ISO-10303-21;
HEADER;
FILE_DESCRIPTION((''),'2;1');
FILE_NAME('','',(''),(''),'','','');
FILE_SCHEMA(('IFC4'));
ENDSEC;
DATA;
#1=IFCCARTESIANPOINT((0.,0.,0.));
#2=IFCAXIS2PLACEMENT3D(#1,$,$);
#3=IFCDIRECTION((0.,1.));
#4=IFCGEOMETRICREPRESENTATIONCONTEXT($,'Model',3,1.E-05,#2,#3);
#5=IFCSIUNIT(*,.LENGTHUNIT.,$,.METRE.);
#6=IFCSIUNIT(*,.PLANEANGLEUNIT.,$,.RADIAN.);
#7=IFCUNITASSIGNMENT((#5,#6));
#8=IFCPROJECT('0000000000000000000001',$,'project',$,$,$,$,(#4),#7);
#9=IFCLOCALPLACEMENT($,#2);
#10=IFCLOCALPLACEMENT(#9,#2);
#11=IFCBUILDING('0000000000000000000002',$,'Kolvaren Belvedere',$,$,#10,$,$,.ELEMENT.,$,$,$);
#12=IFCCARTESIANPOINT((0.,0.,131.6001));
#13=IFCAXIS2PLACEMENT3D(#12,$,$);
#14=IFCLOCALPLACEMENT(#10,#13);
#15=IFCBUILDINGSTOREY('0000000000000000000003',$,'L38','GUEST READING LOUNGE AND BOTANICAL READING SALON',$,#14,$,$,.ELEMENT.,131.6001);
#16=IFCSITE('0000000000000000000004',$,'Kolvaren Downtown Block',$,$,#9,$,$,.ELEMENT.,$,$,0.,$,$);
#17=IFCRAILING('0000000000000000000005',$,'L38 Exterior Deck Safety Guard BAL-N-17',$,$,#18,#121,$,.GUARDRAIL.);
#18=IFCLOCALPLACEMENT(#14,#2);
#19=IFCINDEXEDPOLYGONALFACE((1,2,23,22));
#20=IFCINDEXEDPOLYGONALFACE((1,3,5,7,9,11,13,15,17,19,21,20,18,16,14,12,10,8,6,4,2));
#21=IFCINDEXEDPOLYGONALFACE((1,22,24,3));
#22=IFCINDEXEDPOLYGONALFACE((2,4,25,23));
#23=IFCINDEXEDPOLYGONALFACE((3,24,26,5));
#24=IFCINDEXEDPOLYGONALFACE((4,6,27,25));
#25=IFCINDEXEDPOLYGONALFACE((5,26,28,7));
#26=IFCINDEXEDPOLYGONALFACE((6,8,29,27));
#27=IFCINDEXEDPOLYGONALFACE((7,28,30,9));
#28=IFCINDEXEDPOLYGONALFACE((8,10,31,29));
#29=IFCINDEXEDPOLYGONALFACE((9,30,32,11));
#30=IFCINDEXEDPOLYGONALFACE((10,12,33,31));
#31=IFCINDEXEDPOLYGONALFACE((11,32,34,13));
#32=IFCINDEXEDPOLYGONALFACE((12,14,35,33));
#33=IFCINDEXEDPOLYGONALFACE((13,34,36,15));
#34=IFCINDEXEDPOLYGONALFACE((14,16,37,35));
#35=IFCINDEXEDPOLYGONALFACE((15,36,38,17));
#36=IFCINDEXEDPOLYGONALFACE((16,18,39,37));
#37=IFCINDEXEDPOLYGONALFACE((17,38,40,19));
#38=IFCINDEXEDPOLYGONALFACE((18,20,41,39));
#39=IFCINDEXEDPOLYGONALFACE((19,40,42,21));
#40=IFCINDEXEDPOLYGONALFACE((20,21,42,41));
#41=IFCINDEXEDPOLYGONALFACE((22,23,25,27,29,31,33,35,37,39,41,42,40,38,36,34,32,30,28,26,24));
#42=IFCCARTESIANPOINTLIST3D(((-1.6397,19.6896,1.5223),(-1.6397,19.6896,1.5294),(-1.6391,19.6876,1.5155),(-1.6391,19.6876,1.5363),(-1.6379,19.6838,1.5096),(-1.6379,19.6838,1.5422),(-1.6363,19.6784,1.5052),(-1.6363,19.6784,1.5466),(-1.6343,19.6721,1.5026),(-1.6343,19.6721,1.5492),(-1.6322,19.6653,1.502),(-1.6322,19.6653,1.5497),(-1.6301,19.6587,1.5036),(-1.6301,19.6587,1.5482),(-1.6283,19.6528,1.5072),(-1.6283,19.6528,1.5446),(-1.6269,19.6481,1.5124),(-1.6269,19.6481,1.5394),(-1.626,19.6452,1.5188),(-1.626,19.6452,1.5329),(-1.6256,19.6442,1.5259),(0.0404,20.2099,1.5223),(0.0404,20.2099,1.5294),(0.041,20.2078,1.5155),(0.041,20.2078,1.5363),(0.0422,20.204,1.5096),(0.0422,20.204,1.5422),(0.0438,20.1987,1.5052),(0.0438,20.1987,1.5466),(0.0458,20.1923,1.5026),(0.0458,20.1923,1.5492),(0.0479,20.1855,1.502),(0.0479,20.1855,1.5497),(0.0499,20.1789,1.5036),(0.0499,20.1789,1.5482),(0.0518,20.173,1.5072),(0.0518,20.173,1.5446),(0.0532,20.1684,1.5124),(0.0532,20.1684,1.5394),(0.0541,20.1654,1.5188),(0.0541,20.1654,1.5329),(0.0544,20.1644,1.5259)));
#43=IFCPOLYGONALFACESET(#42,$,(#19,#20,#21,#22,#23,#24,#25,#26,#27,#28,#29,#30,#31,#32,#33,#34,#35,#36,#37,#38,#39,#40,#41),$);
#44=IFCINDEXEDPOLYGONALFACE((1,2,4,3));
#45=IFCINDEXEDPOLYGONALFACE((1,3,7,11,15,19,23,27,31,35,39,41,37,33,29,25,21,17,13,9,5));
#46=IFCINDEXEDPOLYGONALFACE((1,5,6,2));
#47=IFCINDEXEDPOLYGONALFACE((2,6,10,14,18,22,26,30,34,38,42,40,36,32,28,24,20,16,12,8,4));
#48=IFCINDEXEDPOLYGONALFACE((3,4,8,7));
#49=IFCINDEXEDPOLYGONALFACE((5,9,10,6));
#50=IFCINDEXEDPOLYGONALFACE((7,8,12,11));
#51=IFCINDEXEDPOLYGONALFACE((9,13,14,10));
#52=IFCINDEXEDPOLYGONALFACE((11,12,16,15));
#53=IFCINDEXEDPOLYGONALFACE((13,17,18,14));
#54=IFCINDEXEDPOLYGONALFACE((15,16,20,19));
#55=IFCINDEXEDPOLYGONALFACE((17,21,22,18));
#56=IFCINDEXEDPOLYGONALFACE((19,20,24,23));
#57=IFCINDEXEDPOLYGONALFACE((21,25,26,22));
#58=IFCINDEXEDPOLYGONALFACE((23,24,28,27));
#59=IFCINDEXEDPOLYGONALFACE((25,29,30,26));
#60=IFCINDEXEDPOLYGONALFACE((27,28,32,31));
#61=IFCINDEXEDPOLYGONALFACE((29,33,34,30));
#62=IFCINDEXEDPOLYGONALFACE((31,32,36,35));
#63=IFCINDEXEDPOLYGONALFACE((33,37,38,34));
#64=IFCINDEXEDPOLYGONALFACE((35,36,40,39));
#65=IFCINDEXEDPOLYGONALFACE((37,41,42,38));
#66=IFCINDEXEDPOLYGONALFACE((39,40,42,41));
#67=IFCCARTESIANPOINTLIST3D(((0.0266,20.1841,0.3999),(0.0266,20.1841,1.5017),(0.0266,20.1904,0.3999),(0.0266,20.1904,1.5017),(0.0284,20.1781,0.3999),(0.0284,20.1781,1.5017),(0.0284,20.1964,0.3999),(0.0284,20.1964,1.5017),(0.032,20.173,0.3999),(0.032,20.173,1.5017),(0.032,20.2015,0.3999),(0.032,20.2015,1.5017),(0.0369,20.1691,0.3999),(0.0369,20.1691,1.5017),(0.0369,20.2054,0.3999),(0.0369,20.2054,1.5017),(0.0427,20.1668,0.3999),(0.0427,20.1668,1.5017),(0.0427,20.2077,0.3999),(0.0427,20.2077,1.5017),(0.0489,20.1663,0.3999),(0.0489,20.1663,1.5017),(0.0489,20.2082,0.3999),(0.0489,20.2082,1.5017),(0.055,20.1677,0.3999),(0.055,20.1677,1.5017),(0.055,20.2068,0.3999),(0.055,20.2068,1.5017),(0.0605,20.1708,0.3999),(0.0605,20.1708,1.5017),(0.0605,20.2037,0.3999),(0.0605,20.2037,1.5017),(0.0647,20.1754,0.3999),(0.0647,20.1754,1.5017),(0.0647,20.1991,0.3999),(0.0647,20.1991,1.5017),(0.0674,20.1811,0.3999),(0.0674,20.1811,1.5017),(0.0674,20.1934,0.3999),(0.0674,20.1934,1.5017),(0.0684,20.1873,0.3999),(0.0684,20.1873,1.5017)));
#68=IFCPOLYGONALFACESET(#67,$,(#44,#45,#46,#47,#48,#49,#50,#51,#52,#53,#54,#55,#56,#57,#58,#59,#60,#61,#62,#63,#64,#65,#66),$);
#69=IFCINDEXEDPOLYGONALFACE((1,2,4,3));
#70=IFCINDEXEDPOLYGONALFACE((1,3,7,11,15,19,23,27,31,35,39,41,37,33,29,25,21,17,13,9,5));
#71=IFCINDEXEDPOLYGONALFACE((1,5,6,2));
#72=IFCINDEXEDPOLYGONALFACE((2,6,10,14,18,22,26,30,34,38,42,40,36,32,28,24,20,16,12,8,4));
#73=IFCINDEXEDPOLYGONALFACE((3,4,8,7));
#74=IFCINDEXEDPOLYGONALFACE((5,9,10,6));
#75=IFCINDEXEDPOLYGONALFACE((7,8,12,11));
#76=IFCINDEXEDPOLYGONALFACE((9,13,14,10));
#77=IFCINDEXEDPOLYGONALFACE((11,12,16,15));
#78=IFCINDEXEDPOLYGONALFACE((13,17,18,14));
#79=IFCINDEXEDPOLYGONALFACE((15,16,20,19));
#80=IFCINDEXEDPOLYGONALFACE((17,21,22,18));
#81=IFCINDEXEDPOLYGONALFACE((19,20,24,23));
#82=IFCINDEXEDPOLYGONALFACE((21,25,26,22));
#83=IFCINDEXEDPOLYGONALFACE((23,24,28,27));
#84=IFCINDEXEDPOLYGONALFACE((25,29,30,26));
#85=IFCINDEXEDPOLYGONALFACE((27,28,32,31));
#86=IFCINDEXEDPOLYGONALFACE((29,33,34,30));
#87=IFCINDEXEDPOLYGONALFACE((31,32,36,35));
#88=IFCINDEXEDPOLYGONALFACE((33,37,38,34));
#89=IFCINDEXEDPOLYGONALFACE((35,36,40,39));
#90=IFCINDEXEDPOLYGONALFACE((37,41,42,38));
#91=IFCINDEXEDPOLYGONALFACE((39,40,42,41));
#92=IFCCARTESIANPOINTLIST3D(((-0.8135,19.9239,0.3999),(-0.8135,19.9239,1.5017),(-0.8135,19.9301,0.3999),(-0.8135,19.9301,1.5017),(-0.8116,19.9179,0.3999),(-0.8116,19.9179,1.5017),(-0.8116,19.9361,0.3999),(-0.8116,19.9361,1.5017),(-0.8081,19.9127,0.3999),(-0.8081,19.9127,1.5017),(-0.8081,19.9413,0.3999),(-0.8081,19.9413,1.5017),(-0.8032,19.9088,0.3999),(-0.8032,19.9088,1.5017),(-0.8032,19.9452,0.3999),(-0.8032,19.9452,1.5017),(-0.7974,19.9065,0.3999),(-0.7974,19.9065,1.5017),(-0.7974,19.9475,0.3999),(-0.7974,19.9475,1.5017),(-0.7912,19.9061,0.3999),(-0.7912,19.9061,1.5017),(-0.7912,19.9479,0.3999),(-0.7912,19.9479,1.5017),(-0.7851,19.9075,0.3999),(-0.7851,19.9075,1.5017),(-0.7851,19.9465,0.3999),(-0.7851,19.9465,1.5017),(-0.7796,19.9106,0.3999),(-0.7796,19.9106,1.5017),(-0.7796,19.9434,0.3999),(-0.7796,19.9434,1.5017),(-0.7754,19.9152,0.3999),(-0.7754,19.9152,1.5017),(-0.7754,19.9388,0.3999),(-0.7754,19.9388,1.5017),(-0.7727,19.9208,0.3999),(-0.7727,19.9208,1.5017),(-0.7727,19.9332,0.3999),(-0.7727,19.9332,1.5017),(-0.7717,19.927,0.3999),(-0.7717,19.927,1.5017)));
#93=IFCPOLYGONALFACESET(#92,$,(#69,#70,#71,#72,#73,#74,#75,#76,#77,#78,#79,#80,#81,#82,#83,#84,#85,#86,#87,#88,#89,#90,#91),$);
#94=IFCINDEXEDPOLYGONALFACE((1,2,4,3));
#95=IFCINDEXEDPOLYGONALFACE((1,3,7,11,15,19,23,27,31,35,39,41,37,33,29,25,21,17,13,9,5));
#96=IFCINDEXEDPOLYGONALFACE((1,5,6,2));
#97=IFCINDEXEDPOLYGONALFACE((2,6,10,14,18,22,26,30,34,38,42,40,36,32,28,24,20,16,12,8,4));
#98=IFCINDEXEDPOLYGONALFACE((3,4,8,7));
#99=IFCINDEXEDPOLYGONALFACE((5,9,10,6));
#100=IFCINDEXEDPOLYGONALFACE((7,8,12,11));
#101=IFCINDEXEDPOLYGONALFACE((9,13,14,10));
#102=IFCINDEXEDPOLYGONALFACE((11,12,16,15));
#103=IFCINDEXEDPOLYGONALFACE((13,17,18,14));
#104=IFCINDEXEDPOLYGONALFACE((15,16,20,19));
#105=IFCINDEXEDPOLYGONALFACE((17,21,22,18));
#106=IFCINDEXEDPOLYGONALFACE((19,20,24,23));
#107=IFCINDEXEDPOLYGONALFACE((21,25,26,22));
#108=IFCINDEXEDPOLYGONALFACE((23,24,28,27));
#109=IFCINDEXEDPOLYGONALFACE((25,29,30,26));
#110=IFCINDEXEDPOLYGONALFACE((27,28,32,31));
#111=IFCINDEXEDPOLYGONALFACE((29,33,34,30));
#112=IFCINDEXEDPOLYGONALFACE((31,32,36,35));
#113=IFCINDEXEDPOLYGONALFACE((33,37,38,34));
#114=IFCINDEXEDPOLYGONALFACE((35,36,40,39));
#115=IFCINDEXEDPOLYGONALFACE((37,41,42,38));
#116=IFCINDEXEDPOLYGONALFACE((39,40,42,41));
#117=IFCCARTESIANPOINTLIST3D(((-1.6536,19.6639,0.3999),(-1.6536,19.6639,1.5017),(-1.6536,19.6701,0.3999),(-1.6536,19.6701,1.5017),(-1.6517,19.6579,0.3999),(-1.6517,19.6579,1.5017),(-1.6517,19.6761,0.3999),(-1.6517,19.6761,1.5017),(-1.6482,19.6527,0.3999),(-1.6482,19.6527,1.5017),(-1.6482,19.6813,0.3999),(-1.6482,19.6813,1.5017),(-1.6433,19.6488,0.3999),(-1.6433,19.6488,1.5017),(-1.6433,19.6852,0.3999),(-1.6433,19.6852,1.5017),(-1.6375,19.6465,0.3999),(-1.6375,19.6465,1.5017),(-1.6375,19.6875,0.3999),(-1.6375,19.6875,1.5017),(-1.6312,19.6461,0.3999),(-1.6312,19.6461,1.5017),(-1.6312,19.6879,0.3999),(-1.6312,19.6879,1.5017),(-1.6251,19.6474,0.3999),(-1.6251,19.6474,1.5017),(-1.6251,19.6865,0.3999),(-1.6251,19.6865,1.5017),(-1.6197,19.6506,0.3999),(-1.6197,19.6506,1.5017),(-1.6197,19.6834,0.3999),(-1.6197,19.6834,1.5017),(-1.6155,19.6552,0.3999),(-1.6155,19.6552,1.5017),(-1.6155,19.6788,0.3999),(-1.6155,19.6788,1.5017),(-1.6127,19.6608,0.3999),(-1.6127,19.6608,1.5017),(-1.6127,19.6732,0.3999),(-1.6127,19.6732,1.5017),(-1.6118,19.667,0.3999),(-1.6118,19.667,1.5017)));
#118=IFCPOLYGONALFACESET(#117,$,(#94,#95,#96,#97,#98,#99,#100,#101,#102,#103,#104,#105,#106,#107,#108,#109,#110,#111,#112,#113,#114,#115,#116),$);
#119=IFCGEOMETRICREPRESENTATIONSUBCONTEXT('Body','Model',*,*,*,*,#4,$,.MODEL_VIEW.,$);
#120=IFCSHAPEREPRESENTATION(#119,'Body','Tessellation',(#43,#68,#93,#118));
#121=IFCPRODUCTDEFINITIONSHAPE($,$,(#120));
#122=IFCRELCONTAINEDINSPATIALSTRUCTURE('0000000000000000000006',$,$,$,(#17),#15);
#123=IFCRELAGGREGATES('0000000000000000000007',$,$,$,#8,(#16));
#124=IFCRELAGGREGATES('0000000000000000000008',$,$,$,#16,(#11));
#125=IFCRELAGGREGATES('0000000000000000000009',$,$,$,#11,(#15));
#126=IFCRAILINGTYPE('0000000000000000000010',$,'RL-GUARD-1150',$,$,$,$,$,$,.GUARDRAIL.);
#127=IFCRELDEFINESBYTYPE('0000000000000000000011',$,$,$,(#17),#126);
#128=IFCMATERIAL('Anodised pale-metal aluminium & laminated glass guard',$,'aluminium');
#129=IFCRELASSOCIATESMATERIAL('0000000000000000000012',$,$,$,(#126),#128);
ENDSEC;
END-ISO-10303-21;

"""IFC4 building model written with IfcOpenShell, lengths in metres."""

from ifc_helpers import new_model, si_unit, direction, frame, origin, origin_2d, place, context, subcontext, project, spatial, circle, extrude, material, type_object, element, save


model = new_model("IFC4")

# Units and contexts
model_context = context("Model", 3, precision=1e-05, world=origin(), true_north=direction((0.0, 1.0)))
body_context = subcontext(model_context, "Body", "Model", "MODEL_VIEW")
ifc_project = project(units=[si_unit("LENGTHUNIT", "METRE"), si_unit("PLANEANGLEUNIT", "RADIAN")], contexts=[model_context])

# Site, building, storey
site_placement = place(None, origin())
site = spatial("IfcSite", under=ifc_project, at=site_placement, Name="Kolvaren Downtown Block", CompositionType="ELEMENT", RefElevation=0.0)
building_placement = place(site_placement, origin())
building = spatial("IfcBuilding", under=site, at=building_placement, Name="Kolvaren Belvedere", CompositionType="ELEMENT")
storey_placement = place(building_placement, frame((0.0, 0.0, 131.6001)))
storey = spatial("IfcBuildingStorey", under=building, at=storey_placement, Name="L38", Description="GUEST READING LOUNGE AND BOTANICAL READING SALON", CompositionType="ELEMENT", Elevation=131.6001)

# Railing
ifc_material_1 = material(Name="Anodised pale-metal aluminium & laminated glass guard", Category="aluminium")
railing_type = type_object("IfcRailingType", Name="RL-GUARD-1150", PredefinedType="GUARDRAIL", material=ifc_material_1)
railing_1_placement = place(storey_placement, frame((0.0474, 20.1873, 0.3999)))
element("IfcRailing", 1, at=railing_1_placement, inside=storey, type_object=railing_type, Name="L38 Exterior Deck Safety Guard BAL-N-17", PredefinedType="GUARDRAIL", context=body_context, shape_type="SweptSolid", body=[
    extrude(circle(Radius=0.0239, at=origin_2d()), frame((0.0, 0.0, 1.126), z_axis=(-0.955252, -0.295792, 0.0), x_axis=(0.295792, -0.955252, 0.0)), (0.0, 0.0, 1.0), 1.7588),
    extrude(circle(Radius=0.021, at=origin_2d()), origin(), (0.0, 0.0, 1.0), 1.1018),
    extrude(circle(Radius=0.021, at=origin_2d()), frame((-0.8401, -0.2603, 0.0)), (0.0, 0.0, 1.0), 1.1018),
    extrude(circle(Radius=0.021, at=origin_2d()), frame((-1.6802, -0.5203, 0.0)), (0.0, 0.0, 1.0), 1.1018),
])

save(model, "model.ifc")
